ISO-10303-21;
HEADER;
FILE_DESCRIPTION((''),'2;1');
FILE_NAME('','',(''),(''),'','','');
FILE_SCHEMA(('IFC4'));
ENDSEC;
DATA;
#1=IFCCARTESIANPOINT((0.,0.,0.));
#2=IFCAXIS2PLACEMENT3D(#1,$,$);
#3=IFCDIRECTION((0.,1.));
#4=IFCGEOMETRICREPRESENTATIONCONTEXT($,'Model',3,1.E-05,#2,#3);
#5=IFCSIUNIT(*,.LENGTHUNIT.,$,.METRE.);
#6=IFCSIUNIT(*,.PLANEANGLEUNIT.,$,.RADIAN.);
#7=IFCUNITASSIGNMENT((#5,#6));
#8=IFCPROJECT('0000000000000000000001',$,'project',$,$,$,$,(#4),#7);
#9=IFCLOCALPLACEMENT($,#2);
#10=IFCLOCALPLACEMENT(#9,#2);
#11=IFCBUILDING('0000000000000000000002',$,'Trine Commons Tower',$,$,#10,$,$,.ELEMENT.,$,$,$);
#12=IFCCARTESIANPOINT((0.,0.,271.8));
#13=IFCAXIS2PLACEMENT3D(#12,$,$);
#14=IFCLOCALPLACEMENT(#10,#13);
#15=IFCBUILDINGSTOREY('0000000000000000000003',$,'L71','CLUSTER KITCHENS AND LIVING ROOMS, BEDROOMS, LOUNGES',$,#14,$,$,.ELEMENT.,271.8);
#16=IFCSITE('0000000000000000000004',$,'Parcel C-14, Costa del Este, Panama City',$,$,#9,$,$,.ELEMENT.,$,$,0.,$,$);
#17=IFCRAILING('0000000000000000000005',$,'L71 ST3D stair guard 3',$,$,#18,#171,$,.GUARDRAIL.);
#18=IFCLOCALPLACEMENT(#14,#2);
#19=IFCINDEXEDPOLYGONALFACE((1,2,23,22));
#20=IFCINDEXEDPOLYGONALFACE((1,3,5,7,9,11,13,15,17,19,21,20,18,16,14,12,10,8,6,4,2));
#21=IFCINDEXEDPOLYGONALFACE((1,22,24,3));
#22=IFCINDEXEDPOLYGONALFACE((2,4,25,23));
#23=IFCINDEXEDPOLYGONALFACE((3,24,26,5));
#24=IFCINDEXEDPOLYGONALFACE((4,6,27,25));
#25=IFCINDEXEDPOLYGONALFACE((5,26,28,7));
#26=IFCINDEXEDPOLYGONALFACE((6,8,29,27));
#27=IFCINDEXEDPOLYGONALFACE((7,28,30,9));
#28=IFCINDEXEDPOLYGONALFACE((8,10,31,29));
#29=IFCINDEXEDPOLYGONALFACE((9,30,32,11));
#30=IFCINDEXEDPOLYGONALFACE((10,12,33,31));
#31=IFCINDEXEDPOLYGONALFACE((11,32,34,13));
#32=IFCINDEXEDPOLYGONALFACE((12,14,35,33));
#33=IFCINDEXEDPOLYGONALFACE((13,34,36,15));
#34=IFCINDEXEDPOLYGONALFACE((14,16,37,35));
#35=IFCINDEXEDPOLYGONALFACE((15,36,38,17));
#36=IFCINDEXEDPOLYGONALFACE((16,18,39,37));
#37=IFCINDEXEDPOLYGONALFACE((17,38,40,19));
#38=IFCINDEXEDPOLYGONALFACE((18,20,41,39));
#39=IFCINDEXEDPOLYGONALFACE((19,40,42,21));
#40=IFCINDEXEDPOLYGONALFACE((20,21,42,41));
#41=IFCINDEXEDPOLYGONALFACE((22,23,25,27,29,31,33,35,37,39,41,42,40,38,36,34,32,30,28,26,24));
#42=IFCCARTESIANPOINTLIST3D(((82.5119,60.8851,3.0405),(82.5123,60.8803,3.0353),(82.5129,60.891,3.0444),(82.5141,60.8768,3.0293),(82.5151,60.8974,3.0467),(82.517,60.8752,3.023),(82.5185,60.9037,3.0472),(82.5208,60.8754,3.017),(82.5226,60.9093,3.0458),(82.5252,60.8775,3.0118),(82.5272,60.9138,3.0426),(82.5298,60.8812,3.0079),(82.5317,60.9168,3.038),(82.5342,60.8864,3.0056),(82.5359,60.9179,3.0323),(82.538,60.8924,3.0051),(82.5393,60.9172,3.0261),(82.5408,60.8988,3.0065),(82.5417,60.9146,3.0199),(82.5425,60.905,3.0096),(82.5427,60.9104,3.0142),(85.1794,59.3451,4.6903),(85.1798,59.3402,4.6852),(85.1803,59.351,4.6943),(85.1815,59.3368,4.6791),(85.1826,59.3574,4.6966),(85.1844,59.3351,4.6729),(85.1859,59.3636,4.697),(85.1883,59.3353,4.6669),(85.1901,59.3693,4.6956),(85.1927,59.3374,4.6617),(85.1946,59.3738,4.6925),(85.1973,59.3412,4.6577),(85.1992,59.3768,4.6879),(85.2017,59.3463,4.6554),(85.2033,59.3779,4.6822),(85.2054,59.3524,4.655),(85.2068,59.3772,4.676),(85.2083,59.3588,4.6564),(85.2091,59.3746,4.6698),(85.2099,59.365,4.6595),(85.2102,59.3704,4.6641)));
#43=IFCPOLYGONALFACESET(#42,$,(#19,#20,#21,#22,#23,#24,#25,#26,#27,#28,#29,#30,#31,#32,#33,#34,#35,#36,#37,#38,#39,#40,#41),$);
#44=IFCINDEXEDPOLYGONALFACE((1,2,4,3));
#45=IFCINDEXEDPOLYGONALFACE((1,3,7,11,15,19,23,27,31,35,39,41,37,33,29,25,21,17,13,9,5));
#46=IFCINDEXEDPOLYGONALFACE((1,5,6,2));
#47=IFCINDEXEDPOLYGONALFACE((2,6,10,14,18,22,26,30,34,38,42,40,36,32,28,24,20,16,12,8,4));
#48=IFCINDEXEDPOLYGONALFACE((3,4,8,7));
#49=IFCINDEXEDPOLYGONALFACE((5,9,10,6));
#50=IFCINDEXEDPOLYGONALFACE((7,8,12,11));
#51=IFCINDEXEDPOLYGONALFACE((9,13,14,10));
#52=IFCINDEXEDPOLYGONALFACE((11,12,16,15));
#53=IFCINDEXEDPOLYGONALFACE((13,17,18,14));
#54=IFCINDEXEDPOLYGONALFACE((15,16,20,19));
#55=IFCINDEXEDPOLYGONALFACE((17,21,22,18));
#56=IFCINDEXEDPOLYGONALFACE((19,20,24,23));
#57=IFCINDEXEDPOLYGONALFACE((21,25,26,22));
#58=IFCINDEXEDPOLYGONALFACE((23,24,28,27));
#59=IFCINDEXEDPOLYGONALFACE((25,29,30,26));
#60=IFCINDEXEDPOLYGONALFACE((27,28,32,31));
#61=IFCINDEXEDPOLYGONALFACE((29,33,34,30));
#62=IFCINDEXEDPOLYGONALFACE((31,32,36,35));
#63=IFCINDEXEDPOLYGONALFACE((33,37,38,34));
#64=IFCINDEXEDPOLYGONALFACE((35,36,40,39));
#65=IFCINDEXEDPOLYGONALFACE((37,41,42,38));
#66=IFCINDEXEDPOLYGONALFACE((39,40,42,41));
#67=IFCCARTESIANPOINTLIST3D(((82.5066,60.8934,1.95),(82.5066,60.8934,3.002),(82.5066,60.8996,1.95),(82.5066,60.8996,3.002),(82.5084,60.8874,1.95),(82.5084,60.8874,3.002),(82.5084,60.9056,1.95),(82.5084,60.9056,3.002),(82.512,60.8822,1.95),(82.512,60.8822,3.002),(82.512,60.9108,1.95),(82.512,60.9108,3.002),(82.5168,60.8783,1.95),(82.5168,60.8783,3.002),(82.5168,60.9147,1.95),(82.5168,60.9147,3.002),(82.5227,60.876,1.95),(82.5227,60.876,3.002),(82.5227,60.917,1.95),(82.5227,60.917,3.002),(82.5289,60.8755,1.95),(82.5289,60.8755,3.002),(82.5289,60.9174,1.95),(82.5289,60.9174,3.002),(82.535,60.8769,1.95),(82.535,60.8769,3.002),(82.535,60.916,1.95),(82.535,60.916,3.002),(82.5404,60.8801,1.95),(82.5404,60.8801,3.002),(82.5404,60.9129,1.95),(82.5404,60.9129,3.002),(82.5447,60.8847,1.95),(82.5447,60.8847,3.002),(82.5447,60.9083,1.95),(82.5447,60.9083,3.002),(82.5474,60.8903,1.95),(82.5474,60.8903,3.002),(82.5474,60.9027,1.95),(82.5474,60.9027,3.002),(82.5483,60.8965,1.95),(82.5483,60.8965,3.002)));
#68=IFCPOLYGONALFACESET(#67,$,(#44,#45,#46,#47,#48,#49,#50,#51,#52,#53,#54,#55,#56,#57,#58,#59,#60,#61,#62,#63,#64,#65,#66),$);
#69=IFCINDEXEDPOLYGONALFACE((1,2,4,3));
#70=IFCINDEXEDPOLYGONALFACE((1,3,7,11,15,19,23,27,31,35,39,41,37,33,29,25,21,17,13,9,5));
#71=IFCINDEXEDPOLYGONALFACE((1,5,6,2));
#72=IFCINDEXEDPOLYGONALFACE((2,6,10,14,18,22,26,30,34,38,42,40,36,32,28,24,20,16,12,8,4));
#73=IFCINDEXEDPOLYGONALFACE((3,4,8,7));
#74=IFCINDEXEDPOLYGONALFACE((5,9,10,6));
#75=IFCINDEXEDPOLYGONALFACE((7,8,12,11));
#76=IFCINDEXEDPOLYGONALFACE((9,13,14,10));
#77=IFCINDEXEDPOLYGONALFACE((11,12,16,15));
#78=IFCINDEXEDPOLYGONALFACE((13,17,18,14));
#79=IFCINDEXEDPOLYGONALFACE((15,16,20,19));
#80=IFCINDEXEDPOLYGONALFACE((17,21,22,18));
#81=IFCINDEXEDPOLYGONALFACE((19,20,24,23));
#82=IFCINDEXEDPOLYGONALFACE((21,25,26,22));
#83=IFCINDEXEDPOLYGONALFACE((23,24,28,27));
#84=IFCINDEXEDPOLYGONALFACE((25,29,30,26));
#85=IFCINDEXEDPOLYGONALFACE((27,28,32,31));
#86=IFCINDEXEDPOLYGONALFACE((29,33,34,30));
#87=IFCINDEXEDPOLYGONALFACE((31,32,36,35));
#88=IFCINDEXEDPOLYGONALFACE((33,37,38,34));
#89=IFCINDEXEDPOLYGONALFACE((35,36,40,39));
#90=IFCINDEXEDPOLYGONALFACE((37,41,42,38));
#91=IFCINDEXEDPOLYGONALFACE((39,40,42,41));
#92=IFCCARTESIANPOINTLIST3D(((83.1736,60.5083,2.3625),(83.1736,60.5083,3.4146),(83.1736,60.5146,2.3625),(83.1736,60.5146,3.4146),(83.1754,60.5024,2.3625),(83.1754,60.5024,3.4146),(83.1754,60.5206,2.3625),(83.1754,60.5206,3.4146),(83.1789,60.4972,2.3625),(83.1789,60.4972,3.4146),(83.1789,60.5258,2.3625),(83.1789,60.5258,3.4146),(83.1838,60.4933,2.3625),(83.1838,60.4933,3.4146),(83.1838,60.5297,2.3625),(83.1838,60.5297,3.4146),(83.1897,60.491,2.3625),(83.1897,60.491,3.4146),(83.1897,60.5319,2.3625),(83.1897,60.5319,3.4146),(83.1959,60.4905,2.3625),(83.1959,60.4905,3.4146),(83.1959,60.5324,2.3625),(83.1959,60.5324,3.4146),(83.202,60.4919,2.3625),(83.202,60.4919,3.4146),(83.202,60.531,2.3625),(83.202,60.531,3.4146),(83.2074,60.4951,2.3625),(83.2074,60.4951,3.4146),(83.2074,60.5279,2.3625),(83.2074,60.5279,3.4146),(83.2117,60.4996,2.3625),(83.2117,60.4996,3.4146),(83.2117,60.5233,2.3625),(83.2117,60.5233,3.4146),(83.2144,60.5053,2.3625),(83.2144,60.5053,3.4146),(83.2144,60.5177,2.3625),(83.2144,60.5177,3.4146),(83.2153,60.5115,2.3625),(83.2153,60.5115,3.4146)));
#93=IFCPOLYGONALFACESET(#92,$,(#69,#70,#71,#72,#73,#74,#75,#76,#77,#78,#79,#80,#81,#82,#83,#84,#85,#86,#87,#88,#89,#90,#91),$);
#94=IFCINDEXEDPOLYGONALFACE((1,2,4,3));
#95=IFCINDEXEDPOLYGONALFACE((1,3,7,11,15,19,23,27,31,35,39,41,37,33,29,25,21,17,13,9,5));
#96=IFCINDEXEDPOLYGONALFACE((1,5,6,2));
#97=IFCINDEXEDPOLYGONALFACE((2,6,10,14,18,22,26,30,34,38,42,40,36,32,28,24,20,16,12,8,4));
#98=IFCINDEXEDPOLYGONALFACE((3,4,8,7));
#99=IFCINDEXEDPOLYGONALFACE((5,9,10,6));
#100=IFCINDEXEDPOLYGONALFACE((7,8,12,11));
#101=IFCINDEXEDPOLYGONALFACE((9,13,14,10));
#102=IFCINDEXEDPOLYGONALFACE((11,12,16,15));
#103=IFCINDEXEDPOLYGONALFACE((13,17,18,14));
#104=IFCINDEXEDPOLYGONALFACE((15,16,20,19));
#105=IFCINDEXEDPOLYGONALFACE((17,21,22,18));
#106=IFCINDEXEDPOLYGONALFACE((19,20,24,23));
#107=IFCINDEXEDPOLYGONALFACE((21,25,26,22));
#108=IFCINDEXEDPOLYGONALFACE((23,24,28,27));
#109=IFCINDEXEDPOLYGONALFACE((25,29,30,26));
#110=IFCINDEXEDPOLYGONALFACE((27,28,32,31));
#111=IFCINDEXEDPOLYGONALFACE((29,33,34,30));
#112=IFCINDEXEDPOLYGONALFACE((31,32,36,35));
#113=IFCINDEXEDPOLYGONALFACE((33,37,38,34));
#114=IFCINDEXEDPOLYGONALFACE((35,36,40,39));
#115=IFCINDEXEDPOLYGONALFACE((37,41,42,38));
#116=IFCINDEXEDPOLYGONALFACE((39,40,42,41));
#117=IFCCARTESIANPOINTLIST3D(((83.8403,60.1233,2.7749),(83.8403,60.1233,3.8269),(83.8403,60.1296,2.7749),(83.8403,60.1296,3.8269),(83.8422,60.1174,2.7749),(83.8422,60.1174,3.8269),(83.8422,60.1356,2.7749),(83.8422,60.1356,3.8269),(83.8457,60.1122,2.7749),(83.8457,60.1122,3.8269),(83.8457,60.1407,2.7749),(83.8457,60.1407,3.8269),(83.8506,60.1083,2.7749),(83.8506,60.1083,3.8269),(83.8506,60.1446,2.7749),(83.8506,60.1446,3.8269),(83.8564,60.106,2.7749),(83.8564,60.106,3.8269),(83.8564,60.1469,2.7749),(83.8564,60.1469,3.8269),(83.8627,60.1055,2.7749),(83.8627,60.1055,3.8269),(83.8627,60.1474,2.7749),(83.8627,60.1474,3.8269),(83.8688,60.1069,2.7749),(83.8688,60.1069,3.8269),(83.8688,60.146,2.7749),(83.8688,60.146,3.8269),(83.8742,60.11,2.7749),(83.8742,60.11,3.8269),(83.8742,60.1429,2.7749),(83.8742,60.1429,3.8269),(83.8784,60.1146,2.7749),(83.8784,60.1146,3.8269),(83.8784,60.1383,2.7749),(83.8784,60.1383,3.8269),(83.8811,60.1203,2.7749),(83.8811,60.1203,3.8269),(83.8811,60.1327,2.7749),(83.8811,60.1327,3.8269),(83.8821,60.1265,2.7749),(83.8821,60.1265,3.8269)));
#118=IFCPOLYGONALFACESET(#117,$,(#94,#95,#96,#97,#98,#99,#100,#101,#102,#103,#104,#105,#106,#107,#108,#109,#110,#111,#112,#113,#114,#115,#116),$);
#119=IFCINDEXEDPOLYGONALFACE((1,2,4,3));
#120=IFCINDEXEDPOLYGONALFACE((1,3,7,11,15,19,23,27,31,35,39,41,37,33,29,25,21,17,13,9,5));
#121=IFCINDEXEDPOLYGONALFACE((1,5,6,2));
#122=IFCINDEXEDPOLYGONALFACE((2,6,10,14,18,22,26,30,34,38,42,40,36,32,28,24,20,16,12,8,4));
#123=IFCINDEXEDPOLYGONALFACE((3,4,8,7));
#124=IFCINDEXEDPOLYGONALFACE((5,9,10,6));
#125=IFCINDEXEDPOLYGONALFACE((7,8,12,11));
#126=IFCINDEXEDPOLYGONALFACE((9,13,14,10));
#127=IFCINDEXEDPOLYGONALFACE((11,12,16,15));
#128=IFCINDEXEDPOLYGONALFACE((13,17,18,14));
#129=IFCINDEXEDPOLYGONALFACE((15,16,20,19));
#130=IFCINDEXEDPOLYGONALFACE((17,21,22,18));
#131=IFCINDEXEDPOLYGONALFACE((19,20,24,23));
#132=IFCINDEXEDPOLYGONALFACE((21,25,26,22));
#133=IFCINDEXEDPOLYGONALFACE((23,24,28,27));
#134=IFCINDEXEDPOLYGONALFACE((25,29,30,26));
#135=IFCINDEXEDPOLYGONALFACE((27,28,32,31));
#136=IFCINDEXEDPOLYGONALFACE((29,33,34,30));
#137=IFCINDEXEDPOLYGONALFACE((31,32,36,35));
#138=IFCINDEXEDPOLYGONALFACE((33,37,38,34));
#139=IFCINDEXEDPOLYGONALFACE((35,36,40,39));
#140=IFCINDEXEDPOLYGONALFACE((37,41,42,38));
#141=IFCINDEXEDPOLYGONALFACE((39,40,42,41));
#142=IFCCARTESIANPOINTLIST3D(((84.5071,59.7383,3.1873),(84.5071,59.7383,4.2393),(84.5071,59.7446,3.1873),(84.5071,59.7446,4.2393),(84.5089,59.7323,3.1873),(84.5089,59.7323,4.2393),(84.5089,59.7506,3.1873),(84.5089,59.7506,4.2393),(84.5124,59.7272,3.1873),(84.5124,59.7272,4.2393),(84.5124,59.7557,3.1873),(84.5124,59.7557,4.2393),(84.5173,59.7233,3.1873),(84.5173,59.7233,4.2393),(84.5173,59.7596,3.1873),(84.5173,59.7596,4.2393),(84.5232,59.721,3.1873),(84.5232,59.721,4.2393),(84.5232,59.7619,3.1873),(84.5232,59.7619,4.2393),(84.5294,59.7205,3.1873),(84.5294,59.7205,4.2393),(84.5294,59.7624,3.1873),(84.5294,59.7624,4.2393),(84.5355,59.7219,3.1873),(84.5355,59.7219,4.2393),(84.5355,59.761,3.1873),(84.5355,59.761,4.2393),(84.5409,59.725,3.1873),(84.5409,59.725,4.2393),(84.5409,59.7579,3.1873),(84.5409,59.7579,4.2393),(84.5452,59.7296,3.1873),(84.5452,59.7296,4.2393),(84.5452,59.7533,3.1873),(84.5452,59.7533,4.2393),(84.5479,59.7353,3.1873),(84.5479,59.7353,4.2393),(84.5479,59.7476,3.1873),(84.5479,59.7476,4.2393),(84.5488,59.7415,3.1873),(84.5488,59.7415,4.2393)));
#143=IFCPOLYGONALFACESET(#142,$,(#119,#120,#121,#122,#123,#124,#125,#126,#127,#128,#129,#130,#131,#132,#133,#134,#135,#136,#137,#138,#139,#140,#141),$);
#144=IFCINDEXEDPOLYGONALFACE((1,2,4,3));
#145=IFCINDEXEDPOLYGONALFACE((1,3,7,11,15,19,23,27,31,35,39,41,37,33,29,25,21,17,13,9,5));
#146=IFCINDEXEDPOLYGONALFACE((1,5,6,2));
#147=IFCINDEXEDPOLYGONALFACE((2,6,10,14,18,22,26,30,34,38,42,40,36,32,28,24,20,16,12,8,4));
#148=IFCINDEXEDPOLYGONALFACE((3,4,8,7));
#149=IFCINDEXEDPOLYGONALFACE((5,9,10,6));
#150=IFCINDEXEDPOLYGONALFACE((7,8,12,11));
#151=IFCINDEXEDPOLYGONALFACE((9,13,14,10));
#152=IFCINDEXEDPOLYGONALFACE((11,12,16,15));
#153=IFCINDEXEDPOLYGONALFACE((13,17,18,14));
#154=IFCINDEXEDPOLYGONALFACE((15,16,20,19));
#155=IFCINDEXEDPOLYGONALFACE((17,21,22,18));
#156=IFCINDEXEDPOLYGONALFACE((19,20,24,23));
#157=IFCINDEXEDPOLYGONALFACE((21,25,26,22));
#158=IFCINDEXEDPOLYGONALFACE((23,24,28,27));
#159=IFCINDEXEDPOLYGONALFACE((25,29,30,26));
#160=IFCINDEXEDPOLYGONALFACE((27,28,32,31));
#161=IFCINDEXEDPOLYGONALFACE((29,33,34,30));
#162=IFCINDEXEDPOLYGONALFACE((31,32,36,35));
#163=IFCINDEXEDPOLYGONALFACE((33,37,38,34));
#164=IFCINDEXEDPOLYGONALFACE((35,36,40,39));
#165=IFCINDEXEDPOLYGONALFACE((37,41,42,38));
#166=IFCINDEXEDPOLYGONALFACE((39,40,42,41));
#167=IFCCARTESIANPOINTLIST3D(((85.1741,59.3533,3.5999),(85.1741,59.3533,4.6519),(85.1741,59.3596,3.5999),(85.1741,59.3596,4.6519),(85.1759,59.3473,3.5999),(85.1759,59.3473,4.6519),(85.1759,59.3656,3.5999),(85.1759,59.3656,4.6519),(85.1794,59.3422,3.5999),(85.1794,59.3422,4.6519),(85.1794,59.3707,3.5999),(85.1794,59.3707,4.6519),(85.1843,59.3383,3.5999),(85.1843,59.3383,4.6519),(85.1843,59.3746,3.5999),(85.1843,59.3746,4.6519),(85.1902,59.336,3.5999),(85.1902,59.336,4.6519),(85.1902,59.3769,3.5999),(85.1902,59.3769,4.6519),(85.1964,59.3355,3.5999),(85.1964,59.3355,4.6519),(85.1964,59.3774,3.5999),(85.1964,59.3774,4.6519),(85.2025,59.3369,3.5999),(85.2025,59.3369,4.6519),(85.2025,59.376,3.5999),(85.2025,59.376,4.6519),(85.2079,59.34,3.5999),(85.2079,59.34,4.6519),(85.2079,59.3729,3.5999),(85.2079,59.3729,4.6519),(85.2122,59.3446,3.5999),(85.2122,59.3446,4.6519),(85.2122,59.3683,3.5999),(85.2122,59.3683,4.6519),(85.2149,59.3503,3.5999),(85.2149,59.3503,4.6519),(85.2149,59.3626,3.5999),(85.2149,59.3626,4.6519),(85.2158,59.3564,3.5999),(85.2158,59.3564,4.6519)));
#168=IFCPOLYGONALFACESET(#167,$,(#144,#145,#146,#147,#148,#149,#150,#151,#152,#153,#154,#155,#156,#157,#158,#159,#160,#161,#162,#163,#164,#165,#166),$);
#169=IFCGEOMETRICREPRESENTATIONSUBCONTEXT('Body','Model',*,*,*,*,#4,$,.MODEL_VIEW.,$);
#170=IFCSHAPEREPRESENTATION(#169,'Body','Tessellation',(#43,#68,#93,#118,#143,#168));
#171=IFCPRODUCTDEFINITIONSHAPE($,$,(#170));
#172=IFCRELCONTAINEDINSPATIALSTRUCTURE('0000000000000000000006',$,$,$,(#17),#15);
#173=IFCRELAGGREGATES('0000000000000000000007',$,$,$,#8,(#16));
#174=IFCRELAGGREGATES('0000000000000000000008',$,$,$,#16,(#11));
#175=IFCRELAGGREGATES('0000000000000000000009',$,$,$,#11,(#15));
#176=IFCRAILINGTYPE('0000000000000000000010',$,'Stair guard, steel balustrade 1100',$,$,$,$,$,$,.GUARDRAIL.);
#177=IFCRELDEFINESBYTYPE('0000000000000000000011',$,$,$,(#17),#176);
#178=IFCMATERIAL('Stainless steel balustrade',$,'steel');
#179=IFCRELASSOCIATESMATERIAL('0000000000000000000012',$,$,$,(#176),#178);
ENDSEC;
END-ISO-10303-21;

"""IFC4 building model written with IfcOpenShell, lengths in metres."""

from ifc_helpers import new_model, si_unit, direction, frame, origin, origin_2d, place, context, subcontext, project, spatial, circle, extrude, material, type_object, element, save


model = new_model("IFC4")

# Units and contexts
model_context = context("Model", 3, precision=1e-05, world=origin(), true_north=direction((0.0, 1.0)))
body_context = subcontext(model_context, "Body", "Model", "MODEL_VIEW")
ifc_project = project(units=[si_unit("LENGTHUNIT", "METRE"), si_unit("PLANEANGLEUNIT", "RADIAN")], contexts=[model_context])

# Site, building, storey
site_placement = place(None, origin())
site = spatial("IfcSite", under=ifc_project, at=site_placement, Name="Parcel C-14, Costa del Este, Panama City", CompositionType="ELEMENT", RefElevation=0.0)
building_placement = place(site_placement, origin())
building = spatial("IfcBuilding", under=site, at=building_placement, Name="Trine Commons Tower", CompositionType="ELEMENT")
storey_placement = place(building_placement, frame((0.0, 0.0, 271.8)))
storey = spatial("IfcBuildingStorey", under=building, at=storey_placement, Name="L71", Description="CLUSTER KITCHENS AND LIVING ROOMS, BEDROOMS, LOUNGES", CompositionType="ELEMENT", Elevation=271.8)

# Railing
ifc_material_1 = material(Name="Stainless steel balustrade", Category="steel")
railing_type_1 = type_object("IfcRailingType", Name="Stair guard, steel balustrade 1100", PredefinedType="GUARDRAIL", material=ifc_material_1)
railing_1_placement = place(storey_placement, frame((82.5273, 60.8965, 1.95)))
element("IfcRailing", 1, at=railing_1_placement, inside=storey, type_object=railing_type_1, Name="L71 ST3D stair guard 3", PredefinedType="GUARDRAIL", context=body_context, shape_type="SweptSolid", body=[
    extrude(circle(Radius=0.0239, at=origin_2d()), frame((0.0, 0.0, 1.0762), z_axis=(0.763405, -0.440743, 0.472185), x_axis=(0.499992, 0.86603, 0.0)), (0.0, 0.0, 1.0), 3.4941),
    extrude(circle(Radius=0.021, at=origin_2d()), origin(), (0.0, 0.0, 1.0), 1.052),
    extrude(circle(Radius=0.021, at=origin_2d()), frame((0.667, -0.385, 0.4126)), (0.0, 0.0, 1.0), 1.052),
    extrude(circle(Radius=0.021, at=origin_2d()), frame((1.3337, -0.77, 0.825)), (0.0, 0.0, 1.0), 1.052),
    extrude(circle(Radius=0.021, at=origin_2d()), frame((2.0005, -1.155, 1.2373)), (0.0, 0.0, 1.0), 1.052),
    extrude(circle(Radius=0.021, at=origin_2d()), frame((2.6675, -1.54, 1.6499)), (0.0, 0.0, 1.0), 1.052),
])

save(model, "model.ifc")
